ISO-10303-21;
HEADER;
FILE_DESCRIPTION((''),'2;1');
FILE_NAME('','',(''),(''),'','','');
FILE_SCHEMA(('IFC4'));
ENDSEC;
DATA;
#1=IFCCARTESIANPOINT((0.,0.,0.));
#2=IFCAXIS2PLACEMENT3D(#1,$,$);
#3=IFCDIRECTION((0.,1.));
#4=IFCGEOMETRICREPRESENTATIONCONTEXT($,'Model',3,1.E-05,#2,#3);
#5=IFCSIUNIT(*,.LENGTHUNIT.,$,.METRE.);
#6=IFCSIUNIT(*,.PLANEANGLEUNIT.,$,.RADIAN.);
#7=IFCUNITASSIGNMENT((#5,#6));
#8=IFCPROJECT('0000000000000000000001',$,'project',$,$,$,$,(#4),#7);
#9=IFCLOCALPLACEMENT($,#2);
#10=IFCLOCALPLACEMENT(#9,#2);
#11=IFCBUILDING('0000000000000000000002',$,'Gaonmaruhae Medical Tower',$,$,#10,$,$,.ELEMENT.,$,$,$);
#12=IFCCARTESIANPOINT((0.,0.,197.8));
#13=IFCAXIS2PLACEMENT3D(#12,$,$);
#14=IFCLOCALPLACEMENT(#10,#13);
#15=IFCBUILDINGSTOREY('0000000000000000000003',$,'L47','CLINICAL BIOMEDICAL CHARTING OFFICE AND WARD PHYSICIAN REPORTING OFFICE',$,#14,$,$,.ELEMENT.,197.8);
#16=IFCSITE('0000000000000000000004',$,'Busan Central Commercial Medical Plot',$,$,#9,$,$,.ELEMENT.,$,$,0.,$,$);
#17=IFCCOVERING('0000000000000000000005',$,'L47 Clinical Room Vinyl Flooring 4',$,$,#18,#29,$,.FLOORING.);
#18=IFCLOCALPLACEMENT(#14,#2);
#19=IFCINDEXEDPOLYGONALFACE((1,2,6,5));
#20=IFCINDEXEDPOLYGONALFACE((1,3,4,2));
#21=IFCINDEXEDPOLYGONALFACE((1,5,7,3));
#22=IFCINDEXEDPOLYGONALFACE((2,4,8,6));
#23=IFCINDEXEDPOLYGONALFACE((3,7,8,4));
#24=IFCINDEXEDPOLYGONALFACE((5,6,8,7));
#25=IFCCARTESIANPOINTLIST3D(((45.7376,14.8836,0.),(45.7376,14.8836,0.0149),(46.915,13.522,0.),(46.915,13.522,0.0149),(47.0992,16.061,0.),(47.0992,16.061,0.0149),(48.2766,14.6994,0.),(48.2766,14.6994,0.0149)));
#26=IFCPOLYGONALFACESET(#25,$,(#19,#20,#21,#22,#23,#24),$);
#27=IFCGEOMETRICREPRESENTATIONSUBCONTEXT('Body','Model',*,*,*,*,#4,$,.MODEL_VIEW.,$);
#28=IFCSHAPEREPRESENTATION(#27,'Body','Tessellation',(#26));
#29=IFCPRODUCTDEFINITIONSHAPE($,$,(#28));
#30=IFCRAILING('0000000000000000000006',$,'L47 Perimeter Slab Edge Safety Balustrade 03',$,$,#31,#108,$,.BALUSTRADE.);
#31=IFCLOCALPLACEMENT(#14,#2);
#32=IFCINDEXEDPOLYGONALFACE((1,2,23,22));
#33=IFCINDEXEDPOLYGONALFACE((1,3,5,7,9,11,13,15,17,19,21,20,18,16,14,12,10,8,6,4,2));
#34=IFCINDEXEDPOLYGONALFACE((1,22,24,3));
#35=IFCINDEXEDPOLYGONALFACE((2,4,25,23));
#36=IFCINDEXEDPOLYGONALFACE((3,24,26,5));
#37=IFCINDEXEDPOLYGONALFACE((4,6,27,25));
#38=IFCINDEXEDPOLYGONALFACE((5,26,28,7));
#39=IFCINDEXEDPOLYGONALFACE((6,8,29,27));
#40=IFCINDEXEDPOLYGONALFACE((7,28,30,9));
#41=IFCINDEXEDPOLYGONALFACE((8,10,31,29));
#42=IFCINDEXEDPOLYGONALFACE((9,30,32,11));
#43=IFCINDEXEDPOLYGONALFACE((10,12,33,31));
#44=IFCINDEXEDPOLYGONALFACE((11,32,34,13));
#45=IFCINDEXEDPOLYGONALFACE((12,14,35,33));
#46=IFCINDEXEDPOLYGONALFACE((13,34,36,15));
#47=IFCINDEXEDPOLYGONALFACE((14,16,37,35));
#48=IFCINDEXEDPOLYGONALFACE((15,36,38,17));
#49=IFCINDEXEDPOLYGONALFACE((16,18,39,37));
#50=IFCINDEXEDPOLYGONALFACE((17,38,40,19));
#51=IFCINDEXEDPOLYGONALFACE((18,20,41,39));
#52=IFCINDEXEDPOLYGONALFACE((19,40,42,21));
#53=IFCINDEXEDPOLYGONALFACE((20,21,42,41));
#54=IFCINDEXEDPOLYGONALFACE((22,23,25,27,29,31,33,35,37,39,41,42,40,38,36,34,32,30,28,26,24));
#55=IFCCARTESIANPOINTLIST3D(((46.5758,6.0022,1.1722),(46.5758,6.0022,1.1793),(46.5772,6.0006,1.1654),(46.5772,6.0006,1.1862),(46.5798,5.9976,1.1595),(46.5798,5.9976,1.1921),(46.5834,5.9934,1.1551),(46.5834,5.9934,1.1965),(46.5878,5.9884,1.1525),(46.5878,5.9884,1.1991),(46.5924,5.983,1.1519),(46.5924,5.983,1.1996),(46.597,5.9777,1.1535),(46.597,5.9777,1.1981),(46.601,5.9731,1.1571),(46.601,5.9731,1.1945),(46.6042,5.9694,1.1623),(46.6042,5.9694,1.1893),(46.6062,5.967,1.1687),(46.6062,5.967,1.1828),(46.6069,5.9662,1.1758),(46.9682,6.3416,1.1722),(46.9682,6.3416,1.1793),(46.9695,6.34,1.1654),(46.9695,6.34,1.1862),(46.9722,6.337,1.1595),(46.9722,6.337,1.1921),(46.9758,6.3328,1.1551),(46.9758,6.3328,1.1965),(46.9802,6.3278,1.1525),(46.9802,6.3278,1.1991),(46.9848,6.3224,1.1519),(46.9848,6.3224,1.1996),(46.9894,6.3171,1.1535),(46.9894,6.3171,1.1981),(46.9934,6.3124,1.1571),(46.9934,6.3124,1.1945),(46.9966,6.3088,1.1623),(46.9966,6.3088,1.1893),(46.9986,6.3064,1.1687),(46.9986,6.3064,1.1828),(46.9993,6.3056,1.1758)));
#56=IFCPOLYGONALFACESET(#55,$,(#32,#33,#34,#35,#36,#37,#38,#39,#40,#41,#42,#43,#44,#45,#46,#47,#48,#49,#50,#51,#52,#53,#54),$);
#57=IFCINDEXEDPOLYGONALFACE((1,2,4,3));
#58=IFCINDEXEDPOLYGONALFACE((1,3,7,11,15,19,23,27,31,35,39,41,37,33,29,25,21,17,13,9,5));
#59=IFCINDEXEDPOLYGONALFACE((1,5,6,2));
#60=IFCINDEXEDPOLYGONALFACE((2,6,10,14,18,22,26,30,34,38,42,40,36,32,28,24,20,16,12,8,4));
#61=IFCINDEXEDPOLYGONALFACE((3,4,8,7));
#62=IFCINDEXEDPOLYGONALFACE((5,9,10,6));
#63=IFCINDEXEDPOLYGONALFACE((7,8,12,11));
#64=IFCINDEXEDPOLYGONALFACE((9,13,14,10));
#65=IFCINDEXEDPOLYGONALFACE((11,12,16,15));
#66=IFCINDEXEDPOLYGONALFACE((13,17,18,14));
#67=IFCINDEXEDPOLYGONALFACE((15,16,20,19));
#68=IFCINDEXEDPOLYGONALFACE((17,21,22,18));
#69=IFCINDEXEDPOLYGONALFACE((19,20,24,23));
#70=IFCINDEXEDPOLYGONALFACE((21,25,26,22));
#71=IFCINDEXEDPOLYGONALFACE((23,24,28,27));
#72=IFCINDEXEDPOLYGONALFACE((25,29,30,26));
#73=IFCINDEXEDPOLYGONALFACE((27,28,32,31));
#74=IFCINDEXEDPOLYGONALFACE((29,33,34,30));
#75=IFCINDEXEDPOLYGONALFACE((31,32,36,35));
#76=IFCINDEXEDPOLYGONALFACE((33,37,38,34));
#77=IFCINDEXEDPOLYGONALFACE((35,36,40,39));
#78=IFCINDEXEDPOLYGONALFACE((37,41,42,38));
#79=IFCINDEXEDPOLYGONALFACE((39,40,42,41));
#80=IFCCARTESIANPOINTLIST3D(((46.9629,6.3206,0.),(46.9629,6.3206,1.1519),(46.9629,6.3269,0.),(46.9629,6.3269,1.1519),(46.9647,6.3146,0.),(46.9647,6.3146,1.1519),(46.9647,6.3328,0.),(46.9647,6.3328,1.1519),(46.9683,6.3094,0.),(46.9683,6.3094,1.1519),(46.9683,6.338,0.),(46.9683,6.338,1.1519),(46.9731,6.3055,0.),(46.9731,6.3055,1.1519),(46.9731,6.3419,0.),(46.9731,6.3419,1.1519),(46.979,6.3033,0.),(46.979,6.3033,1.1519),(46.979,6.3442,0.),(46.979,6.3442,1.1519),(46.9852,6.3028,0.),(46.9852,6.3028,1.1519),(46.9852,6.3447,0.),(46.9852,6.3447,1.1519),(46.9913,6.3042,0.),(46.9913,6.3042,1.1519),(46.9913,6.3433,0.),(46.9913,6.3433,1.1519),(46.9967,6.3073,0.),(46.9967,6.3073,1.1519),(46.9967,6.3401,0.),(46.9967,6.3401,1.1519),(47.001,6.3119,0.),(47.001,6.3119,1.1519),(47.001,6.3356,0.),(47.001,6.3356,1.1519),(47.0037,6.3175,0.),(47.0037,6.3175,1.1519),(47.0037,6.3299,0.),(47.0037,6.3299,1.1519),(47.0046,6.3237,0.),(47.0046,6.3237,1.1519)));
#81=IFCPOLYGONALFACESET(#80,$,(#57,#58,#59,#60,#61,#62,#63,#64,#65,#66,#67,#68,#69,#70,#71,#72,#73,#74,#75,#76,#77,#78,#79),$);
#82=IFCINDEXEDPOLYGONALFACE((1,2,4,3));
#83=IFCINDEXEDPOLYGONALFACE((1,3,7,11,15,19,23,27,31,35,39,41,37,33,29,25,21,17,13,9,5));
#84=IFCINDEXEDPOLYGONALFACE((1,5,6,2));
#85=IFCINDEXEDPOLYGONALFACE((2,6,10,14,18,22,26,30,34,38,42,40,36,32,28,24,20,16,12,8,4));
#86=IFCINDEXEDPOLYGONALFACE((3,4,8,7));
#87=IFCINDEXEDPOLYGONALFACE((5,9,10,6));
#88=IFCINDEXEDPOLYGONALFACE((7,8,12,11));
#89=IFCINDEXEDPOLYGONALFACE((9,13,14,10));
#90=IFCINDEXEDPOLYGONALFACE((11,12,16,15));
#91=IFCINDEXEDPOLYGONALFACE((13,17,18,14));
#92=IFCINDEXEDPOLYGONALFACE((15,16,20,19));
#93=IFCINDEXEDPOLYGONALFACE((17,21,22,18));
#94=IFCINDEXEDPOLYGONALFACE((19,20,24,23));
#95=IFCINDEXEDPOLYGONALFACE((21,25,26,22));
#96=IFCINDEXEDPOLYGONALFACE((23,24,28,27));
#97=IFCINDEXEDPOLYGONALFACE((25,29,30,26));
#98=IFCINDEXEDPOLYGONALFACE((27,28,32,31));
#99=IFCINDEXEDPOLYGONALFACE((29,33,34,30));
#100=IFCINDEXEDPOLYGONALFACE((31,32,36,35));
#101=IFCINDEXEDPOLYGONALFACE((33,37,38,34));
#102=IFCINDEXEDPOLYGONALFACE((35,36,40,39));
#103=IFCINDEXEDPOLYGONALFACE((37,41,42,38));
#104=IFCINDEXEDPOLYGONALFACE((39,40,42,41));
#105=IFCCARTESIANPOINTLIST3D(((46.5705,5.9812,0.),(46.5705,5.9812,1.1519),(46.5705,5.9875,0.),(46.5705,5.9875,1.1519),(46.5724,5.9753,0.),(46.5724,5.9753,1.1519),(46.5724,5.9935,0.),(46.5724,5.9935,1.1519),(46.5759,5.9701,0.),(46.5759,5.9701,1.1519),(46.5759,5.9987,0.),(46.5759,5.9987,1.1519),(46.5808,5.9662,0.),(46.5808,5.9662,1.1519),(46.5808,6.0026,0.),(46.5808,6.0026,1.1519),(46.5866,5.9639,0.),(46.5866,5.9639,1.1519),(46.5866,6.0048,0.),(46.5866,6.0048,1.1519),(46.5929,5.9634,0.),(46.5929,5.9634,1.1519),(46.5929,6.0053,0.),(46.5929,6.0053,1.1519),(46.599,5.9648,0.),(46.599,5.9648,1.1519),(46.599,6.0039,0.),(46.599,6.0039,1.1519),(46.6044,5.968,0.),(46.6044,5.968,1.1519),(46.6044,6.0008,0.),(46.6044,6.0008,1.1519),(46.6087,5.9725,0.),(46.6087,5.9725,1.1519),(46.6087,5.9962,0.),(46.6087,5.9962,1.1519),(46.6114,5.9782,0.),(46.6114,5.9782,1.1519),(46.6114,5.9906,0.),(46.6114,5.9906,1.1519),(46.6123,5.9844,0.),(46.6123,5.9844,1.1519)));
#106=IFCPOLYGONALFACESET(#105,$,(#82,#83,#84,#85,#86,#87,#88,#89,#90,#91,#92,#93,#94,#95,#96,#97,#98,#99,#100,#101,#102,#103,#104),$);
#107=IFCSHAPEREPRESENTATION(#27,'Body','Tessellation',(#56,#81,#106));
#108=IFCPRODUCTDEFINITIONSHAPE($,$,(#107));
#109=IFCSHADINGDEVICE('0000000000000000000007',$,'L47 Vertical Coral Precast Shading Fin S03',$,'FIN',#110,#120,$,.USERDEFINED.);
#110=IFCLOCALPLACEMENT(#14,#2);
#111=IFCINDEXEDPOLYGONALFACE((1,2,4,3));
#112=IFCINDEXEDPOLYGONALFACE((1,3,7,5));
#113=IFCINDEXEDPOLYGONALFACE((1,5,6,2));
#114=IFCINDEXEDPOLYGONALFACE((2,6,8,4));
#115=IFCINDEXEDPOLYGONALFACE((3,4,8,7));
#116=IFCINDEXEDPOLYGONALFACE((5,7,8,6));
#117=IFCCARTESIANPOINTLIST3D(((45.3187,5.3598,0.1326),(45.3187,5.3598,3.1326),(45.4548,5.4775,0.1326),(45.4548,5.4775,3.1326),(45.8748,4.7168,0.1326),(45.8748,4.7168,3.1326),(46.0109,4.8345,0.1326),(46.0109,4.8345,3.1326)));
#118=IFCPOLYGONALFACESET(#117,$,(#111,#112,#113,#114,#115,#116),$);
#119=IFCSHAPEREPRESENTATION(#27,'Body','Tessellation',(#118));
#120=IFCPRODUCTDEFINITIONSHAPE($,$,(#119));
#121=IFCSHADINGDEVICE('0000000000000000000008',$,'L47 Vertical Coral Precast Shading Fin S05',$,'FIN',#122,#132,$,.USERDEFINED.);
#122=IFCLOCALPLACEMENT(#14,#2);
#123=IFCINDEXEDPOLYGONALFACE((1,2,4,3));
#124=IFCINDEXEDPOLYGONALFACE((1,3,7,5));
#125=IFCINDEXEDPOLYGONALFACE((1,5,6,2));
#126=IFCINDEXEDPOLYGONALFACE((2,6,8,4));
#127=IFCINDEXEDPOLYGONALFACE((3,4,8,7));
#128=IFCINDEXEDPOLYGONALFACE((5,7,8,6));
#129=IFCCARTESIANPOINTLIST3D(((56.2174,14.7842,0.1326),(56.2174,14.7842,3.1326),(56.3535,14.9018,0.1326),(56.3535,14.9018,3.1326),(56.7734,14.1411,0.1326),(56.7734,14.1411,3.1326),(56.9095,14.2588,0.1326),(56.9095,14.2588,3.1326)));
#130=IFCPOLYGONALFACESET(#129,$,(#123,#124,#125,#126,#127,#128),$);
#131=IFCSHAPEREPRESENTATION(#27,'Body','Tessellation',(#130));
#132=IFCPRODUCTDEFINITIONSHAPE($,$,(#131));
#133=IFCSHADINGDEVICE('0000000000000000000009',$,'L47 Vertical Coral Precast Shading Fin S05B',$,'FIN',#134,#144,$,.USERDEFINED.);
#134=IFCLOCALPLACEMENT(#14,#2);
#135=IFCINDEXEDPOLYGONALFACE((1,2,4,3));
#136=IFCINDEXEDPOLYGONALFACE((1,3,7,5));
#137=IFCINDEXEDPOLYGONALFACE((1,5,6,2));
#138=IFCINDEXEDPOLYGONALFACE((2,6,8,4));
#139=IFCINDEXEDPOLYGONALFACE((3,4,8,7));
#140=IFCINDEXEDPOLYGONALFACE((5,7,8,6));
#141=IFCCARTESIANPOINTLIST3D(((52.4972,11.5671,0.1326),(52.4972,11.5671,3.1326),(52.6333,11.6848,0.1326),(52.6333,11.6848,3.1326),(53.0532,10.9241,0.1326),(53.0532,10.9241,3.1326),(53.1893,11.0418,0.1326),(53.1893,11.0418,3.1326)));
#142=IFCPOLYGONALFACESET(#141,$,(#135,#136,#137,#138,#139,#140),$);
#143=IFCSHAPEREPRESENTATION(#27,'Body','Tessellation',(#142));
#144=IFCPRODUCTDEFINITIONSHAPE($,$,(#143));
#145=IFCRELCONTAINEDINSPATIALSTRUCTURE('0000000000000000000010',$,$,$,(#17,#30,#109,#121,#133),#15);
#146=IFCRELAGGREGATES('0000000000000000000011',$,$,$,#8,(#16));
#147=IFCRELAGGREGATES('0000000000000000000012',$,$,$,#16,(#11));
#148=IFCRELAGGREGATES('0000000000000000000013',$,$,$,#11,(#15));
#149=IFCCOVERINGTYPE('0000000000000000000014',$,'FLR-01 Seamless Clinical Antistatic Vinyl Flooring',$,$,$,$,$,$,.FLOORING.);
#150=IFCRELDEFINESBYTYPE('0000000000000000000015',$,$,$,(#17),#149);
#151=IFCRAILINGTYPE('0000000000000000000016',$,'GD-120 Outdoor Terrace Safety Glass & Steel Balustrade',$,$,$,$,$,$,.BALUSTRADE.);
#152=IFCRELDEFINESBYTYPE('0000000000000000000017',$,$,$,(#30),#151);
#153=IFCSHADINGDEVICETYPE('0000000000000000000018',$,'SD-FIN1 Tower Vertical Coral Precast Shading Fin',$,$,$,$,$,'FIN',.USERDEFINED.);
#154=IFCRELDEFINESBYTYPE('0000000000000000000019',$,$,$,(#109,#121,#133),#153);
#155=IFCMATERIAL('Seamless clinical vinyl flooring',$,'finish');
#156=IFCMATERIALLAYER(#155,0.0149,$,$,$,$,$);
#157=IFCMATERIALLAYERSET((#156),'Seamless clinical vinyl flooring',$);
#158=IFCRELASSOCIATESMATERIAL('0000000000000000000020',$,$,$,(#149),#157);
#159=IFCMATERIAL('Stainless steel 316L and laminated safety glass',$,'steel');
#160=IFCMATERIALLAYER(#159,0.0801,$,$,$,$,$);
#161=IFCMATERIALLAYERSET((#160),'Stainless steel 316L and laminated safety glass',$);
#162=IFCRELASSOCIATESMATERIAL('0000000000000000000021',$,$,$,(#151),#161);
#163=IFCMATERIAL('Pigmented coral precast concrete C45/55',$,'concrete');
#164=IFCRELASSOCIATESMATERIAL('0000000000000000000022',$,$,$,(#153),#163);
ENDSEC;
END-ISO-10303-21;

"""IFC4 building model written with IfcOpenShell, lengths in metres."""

from ifc_helpers import new_model, si_unit, direction, frame, origin, origin_2d, place, context, subcontext, project, spatial, rectangle, circle, extrude, material, layer, layer_set, type_object, element, save


model = new_model("IFC4")

# Units and contexts
model_context = context("Model", 3, precision=1e-05, world=origin(), true_north=direction((0.0, 1.0)))
body_context = subcontext(model_context, "Body", "Model", "MODEL_VIEW")
ifc_project = project(units=[si_unit("LENGTHUNIT", "METRE"), si_unit("PLANEANGLEUNIT", "RADIAN")], contexts=[model_context])

# Site, building, storey
site_placement = place(None, origin())
site = spatial("IfcSite", under=ifc_project, at=site_placement, Name="Busan Central Commercial Medical Plot", CompositionType="ELEMENT", RefElevation=0.0)
building_placement = place(site_placement, origin())
building = spatial("IfcBuilding", under=site, at=building_placement, Name="Gaonmaruhae Medical Tower", CompositionType="ELEMENT")
storey_placement = place(building_placement, frame((0.0, 0.0, 197.8)))
storey = spatial("IfcBuildingStorey", under=building, at=storey_placement, Name="L47", Description="CLINICAL BIOMEDICAL CHARTING OFFICE AND WARD PHYSICIAN REPORTING OFFICE", CompositionType="ELEMENT", Elevation=197.8)

# Covering
ifc_material_1 = material(Name="Seamless clinical vinyl flooring", Category="finish")
ifc_layer_1 = layer(ifc_material_1, 0.0149)
ifc_layer_set_1 = layer_set([ifc_layer_1], Name="Seamless clinical vinyl flooring")
covering_type_1 = type_object("IfcCoveringType", Name="FLR-01 Seamless Clinical Antistatic Vinyl Flooring", PredefinedType="FLOORING", material=ifc_layer_set_1)
covering_1_placement = place(storey_placement, frame((47.0071, 14.7915, 0.0), z_axis=(0.0, 0.0, 1.0), x_axis=(0.756425, 0.654081, 0.0)))
element("IfcCovering", 1, at=covering_1_placement, inside=storey, type_object=covering_type_1, Name="L47 Clinical Room Vinyl Flooring 4", PredefinedType="FLOORING", context=body_context, shape_type="SweptSolid", body=[
    extrude(rectangle(XDim=1.8, YDim=1.8, at=origin_2d()), origin(), (0.0, 0.0, 1.0), 0.0149),
])

# Railing
ifc_material_2 = material(Name="Stainless steel 316L and laminated safety glass", Category="steel")
ifc_layer_2 = layer(ifc_material_2, 0.0801)
ifc_layer_set_2 = layer_set([ifc_layer_2], Name="Stainless steel 316L and laminated safety glass")
railing_type = type_object("IfcRailingType", Name="GD-120 Outdoor Terrace Safety Glass & Steel Balustrade", PredefinedType="BALUSTRADE", material=ifc_layer_set_2)
railing_placement = place(storey_placement, frame((46.9836, 6.3237, 0.0)))
element("IfcRailing", 2, at=railing_placement, inside=storey, type_object=railing_type, Name="L47 Perimeter Slab Edge Safety Balustrade 03", PredefinedType="BALUSTRADE", context=body_context, shape_type="SweptSolid", body=[
    extrude(circle(Radius=0.0239, at=origin_2d()), frame((0.0, 0.0, 1.1758), z_axis=(-0.756325, -0.654196, 0.0), x_axis=(0.654196, -0.756325, 0.0)), (0.0, 0.0, 1.0), 0.5188),
    extrude(circle(Radius=0.021, at=origin_2d()), origin(), (0.0, 0.0, 1.0), 1.1519),
    extrude(circle(Radius=0.021, at=origin_2d()), frame((-0.3923, -0.3394, 0.0)), (0.0, 0.0, 1.0), 1.1519),
])

# Shading devices
ifc_material_3 = material(Name="Pigmented coral precast concrete C45/55", Category="concrete")
shading_device_type = type_object("IfcShadingDeviceType", Name="SD-FIN1 Tower Vertical Coral Precast Shading Fin", ElementType="FIN", PredefinedType="USERDEFINED", material=ifc_material_3)
for number, where, z_axis, x_axis, name in (
    (3, (45.6648, 5.0972, 0.1326), (0.0, 0.0, 1.0), (-0.756425, -0.654081, 0.0), "L47 Vertical Coral Precast Shading Fin S03"),
    (4, (56.5635, 14.5215, 0.1326), (0.0, 0.0, 1.0), (-0.756425, -0.654081, 0.0), "L47 Vertical Coral Precast Shading Fin S05"),
    (5, (52.8433, 11.3044, 0.1326), (0.0, 0.0, 1.0), (-0.756425, -0.654081, 0.0), "L47 Vertical Coral Precast Shading Fin S05B"),
):
    element("IfcShadingDevice", number, at=place(storey_placement, frame(where, z_axis=z_axis, x_axis=x_axis)), inside=storey, type_object=shading_device_type, Name=name, ObjectType="FIN", PredefinedType="USERDEFINED", context=body_context, shape_type="SweptSolid", body=[
        extrude(rectangle(XDim=0.1799, YDim=0.8501, at=origin_2d()), origin(), (0.0, 0.0, 1.0), 3.0),
    ])

save(model, "model.ifc")
